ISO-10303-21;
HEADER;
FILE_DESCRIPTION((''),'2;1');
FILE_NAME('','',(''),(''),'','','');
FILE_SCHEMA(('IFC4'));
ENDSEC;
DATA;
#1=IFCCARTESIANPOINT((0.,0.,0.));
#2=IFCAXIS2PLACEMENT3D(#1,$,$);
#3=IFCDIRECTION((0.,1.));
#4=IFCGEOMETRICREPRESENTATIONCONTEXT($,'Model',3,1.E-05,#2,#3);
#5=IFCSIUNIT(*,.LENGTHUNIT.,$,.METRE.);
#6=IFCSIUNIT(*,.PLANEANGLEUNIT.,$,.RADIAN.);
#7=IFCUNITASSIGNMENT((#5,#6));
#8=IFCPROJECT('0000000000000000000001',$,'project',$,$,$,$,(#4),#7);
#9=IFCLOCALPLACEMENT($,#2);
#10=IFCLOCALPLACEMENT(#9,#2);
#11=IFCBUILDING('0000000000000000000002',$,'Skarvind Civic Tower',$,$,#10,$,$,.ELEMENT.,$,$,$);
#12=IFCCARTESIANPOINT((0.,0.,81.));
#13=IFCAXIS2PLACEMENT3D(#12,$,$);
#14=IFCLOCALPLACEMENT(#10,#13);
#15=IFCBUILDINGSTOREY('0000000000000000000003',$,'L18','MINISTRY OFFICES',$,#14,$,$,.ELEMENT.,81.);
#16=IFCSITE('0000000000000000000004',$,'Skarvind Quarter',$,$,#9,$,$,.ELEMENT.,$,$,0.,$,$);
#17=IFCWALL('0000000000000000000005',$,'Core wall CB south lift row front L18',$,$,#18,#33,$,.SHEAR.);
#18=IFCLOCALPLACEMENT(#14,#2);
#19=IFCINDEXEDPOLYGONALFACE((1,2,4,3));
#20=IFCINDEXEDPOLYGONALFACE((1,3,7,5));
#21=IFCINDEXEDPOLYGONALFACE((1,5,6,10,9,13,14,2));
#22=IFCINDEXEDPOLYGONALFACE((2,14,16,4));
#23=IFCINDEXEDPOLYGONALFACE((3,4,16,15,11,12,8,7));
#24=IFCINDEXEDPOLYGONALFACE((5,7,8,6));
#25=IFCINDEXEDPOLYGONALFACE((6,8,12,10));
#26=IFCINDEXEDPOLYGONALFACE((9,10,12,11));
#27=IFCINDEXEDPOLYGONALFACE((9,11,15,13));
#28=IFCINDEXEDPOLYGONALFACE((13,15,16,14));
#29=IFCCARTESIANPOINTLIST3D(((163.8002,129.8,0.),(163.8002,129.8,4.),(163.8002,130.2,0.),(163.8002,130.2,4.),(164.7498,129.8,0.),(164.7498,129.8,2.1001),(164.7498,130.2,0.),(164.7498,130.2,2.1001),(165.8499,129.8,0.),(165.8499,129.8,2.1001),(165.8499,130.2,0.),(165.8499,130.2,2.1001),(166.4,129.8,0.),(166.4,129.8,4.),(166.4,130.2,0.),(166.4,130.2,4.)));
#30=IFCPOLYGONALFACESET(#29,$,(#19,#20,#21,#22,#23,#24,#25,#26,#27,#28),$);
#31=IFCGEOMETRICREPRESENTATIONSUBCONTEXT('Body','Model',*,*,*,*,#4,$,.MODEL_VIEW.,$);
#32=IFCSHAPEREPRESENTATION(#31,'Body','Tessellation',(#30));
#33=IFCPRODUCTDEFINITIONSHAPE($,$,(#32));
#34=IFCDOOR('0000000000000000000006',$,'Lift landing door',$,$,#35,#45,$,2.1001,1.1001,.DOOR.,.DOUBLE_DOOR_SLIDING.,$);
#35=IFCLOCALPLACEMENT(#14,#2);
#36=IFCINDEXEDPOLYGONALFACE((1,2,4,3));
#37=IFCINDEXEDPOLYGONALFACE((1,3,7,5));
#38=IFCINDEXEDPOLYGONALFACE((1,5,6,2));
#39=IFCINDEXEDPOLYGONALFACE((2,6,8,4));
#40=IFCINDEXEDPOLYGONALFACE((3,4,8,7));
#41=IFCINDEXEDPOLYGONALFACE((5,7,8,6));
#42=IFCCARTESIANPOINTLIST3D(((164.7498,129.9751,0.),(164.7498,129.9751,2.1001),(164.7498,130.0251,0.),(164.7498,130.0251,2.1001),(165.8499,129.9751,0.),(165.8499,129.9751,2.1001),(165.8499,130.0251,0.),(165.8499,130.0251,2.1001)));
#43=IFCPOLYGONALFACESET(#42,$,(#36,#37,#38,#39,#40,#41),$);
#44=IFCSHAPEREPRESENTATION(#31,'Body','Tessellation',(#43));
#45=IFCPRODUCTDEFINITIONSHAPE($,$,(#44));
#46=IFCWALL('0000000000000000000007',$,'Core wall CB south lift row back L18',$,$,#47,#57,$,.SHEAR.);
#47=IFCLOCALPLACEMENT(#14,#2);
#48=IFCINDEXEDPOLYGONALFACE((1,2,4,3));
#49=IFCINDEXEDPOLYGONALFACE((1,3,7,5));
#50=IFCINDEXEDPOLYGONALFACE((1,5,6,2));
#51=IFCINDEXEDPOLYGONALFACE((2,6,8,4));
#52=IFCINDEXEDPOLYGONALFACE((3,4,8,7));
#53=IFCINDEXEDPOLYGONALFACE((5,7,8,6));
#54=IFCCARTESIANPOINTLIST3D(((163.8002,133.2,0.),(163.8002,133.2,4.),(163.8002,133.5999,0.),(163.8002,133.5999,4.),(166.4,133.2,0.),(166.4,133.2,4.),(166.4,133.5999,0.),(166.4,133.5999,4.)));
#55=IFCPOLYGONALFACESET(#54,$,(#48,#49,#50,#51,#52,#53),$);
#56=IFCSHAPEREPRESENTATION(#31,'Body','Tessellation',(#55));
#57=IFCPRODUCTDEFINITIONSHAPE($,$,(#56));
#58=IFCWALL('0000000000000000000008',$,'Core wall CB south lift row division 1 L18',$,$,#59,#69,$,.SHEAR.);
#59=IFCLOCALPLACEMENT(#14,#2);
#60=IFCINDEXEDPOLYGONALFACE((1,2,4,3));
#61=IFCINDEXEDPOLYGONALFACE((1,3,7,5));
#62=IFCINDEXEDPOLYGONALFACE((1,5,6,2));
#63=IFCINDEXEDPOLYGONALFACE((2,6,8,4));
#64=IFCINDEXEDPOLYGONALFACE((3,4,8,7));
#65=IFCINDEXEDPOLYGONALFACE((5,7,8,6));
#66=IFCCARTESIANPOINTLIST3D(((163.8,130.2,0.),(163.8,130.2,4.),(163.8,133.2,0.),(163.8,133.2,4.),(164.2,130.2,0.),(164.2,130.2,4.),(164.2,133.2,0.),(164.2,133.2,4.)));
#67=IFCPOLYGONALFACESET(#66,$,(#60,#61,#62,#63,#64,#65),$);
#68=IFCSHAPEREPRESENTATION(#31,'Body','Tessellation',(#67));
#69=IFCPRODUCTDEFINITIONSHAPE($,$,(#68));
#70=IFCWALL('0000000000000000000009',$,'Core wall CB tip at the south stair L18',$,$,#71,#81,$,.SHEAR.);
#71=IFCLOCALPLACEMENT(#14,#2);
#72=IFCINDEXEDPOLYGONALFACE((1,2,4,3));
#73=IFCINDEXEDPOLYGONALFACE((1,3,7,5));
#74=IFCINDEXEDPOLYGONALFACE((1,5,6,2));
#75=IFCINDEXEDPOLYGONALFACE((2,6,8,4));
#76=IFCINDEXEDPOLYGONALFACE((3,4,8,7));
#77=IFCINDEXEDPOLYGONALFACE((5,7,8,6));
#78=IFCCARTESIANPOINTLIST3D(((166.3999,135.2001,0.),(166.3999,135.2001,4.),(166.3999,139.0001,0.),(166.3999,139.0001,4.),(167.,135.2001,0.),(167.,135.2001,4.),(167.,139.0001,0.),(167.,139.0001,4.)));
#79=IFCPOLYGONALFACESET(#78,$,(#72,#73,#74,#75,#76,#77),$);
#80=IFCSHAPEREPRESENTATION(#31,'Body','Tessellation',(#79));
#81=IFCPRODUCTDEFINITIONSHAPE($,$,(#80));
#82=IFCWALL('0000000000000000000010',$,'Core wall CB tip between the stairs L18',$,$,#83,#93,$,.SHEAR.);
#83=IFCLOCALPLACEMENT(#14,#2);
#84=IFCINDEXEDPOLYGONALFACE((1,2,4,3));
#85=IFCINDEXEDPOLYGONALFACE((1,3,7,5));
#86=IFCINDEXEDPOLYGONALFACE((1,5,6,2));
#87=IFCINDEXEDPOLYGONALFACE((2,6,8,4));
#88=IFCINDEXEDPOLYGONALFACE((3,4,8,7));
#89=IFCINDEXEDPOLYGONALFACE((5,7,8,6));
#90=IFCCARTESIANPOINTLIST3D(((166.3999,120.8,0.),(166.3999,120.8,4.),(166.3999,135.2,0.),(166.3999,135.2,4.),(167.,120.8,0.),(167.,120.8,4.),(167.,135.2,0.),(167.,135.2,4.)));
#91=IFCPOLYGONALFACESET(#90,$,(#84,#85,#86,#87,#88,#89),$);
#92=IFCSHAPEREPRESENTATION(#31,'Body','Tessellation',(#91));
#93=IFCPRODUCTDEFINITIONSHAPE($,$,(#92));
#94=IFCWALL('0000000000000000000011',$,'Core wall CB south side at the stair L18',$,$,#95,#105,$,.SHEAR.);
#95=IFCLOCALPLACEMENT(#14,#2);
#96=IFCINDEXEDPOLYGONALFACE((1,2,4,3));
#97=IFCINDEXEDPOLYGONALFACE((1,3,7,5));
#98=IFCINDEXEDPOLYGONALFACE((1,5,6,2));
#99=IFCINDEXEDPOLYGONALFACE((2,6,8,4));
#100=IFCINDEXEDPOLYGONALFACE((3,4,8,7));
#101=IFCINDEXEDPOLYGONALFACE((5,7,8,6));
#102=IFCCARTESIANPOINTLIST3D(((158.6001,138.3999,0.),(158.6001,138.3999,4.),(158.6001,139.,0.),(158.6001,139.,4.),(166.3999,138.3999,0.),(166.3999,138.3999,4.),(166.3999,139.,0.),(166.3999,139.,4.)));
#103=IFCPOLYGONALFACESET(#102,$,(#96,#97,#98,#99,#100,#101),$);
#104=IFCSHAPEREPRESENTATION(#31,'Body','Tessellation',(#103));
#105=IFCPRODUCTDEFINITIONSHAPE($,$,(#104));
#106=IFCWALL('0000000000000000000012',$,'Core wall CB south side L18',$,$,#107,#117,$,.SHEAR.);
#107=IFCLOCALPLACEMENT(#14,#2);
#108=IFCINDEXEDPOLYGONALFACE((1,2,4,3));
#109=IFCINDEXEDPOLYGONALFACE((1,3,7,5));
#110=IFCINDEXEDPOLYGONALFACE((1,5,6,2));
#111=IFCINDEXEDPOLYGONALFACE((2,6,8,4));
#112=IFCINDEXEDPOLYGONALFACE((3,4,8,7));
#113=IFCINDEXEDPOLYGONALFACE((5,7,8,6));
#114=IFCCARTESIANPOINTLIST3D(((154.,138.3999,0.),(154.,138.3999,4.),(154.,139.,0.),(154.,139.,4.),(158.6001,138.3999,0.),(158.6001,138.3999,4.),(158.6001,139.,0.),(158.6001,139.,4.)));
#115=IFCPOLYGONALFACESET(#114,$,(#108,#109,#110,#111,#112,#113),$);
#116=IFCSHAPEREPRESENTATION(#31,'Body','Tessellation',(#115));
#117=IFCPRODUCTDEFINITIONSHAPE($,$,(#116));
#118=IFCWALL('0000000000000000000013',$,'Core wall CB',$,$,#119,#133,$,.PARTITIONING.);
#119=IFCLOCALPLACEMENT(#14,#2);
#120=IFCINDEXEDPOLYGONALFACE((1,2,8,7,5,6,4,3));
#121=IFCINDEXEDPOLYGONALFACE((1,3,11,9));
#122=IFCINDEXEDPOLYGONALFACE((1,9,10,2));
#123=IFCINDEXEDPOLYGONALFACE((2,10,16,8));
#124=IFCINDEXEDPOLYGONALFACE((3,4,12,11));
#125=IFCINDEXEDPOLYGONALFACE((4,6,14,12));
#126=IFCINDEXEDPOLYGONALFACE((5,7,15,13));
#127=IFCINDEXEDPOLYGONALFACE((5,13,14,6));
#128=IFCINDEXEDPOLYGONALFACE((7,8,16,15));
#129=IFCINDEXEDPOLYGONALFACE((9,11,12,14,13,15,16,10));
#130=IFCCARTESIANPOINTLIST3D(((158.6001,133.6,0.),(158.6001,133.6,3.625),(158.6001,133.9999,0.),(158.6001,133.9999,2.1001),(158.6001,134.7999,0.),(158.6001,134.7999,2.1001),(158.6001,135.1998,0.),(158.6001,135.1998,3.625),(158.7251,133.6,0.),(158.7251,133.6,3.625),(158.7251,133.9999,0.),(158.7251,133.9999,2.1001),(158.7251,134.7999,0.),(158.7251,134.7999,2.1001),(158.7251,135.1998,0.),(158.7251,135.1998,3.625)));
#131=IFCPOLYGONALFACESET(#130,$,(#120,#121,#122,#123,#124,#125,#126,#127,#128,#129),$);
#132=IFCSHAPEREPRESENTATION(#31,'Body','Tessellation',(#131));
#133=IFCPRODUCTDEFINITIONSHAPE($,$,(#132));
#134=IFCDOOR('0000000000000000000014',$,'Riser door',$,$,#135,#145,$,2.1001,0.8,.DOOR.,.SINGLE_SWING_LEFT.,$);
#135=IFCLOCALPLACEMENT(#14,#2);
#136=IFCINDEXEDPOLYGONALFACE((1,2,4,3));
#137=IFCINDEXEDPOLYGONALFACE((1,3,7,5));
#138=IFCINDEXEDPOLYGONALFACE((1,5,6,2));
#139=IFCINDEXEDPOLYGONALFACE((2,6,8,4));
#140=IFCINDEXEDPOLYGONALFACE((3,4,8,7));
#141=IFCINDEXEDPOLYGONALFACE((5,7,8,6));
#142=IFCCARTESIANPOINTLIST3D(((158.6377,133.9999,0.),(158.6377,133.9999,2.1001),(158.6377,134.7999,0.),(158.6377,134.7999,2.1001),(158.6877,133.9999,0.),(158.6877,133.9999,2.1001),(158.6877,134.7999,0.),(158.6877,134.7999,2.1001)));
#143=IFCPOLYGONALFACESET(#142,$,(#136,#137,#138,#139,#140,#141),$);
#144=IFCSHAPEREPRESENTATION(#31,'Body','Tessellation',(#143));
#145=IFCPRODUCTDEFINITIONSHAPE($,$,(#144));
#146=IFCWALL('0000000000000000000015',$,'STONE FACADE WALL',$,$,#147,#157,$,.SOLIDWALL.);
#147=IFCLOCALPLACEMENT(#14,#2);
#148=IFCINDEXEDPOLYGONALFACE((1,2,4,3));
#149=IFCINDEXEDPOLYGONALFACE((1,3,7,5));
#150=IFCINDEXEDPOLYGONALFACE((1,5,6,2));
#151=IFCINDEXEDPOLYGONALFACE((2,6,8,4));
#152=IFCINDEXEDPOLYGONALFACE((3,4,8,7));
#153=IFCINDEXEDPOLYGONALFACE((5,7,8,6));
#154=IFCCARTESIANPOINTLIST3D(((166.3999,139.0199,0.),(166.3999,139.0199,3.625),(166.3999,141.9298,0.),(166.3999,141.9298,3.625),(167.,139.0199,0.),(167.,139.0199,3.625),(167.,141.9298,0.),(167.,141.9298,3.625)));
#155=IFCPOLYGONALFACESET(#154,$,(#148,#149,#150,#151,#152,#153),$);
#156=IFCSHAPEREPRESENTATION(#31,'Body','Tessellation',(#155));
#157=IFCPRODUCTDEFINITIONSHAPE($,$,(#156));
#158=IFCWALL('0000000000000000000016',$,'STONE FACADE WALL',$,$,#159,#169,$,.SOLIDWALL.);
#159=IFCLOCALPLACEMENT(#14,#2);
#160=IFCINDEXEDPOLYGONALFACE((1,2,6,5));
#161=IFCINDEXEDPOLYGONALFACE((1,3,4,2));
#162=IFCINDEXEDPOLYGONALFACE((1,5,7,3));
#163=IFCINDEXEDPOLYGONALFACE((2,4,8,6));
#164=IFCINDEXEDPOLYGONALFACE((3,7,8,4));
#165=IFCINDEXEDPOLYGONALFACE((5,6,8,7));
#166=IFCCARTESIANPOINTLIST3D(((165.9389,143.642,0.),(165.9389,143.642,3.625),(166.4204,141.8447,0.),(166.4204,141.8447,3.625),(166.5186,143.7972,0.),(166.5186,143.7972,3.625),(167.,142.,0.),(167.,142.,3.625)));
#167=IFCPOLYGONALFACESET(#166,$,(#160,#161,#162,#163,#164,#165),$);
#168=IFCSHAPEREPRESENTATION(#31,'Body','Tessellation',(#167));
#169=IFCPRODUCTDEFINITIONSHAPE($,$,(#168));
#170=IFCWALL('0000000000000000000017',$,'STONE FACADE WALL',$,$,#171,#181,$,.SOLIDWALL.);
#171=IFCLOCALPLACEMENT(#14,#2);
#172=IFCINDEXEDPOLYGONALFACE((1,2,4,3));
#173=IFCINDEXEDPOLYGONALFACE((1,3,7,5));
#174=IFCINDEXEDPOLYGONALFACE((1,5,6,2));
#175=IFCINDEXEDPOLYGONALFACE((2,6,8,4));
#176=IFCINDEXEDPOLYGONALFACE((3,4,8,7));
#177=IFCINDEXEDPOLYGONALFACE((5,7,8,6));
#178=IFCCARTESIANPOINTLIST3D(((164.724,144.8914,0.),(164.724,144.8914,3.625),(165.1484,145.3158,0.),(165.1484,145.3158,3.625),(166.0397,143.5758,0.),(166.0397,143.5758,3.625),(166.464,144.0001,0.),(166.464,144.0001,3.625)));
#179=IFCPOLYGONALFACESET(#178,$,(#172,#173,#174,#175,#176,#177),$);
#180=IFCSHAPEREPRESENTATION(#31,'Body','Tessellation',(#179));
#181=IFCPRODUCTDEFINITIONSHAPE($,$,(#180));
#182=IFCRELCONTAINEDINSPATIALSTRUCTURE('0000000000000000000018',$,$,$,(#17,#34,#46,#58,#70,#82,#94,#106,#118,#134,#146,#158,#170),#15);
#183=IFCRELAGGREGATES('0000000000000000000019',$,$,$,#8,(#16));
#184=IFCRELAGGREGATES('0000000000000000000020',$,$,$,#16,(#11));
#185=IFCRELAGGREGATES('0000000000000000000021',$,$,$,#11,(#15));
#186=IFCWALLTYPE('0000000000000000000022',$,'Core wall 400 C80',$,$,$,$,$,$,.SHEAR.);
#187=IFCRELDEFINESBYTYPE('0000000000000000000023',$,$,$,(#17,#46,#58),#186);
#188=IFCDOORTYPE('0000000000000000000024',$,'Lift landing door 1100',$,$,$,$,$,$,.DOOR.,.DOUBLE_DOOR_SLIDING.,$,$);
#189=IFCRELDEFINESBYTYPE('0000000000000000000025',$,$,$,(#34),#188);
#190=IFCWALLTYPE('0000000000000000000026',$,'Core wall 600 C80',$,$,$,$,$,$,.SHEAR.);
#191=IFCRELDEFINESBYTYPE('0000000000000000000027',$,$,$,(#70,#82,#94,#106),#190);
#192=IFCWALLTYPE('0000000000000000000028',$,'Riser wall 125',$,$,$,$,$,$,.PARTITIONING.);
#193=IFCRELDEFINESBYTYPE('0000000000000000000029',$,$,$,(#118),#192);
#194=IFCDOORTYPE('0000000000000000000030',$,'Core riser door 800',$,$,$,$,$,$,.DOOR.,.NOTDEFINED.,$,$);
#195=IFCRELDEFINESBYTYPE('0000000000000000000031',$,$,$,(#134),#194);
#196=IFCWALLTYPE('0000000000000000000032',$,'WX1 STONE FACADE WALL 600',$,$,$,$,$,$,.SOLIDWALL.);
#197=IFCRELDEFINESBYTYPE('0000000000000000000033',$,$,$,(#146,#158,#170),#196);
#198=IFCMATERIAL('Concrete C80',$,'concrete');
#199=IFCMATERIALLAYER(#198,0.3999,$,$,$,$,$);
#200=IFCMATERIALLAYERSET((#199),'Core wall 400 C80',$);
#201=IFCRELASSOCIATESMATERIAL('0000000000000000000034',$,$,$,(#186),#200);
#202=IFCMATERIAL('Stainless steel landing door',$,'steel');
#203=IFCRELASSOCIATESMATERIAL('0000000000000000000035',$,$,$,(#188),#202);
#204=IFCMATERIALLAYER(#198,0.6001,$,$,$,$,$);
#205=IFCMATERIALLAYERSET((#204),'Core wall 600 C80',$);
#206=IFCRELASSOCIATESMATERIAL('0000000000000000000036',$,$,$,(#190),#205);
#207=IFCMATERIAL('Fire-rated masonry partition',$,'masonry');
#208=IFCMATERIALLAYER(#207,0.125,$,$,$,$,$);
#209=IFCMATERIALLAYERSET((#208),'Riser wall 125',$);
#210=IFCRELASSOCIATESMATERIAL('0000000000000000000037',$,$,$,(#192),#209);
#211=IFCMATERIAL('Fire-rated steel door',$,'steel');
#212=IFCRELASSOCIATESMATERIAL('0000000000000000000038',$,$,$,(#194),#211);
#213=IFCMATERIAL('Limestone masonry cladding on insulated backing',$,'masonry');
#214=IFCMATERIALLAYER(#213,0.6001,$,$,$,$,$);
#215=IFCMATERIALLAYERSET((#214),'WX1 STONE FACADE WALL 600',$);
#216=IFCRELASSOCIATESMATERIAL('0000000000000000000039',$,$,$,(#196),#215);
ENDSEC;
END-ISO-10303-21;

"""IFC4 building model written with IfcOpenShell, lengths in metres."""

from ifc_helpers import new_model, si_unit, direction, frame, frame_2d, origin, place, context, subcontext, project, spatial, rectangle, extrude, material, layer, layer_set, type_object, element, fill, save


model = new_model("IFC4")

# Units and contexts
model_context = context("Model", 3, precision=1e-05, world=origin(), true_north=direction((0.0, 1.0)))
body_context = subcontext(model_context, "Body", "Model", "MODEL_VIEW")
ifc_project = project(units=[si_unit("LENGTHUNIT", "METRE"), si_unit("PLANEANGLEUNIT", "RADIAN")], contexts=[model_context])

# Site, building, storey
site_placement = place(None, origin())
site = spatial("IfcSite", under=ifc_project, at=site_placement, Name="Skarvind Quarter", CompositionType="ELEMENT", RefElevation=0.0)
building_placement = place(site_placement, origin())
building = spatial("IfcBuilding", under=site, at=building_placement, Name="Skarvind Civic Tower", CompositionType="ELEMENT")
storey_placement = place(building_placement, frame((0.0, 0.0, 81.0)))
storey = spatial("IfcBuildingStorey", under=building, at=storey_placement, Name="L18", Description="MINISTRY OFFICES", CompositionType="ELEMENT", Elevation=81.0)

# Shared definitions
ifc_material_1 = material(Name="Fire-rated masonry partition", Category="masonry")
ifc_material_2 = material(Name="Fire-rated steel door", Category="steel")

# Shared definitions
ifc_material_3 = material(Name="Concrete C80", Category="concrete")
ifc_layer_1 = layer(ifc_material_3, 0.3999)
ifc_layer_set_1 = layer_set([ifc_layer_1], Name="Core wall 400 C80")
wall_type_1 = type_object("IfcWallType", Name="Core wall 400 C80", PredefinedType="SHEAR", material=ifc_layer_set_1)

# Wall, opening, door
wall_1_placement = place(storey_placement, frame((166.3999, 130.0, 0.0), z_axis=(0.0, 0.0, 1.0), x_axis=(-1.0, 0.0, 0.0)))
wall_1 = element("IfcWall", 1, at=wall_1_placement, inside=storey, type_object=wall_type_1, Name="Core wall CB south lift row front L18", PredefinedType="SHEAR", context=body_context, shape_type="SweptSolid", body=[
    extrude(rectangle(XDim=2.5999, YDim=0.3999, at=frame_2d((1.2998, 0.0))), origin(), (0.0, 0.0, 1.0), 4.0),
])
opening_1_placement = place(wall_1_placement, frame((0.55, 0.0, 0.0)))
opening_1 = element("IfcOpeningElement", 2, at=opening_1_placement, cuts=wall_1, PredefinedType="OPENING", context=body_context, shape_type="SweptSolid", body=[
    extrude(rectangle(XDim=1.1001, YDim=2.1001, at=frame_2d((0.55, 1.05))), frame((0.0, 0.21, 0.0), z_axis=(0.0, -1.0, 0.0), x_axis=(1.0, 0.0, 0.0)), (0.0, 0.0, 1.0), 0.4199),
])
ifc_material_4 = material(Name="Stainless steel landing door", Category="steel")
door_type_1 = type_object("IfcDoorType", Name="Lift landing door 1100", OperationType="DOUBLE_DOOR_SLIDING", PredefinedType="DOOR", material=ifc_material_4)
door_1_placement = place(opening_1_placement, origin())
door_1 = element("IfcDoor", 3, at=door_1_placement, inside=storey, type_object=door_type_1, Name="Lift landing door", OperationType="DOUBLE_DOOR_SLIDING", OverallHeight=2.1001, OverallWidth=1.1001, PredefinedType="DOOR", context=body_context, shape_type="SweptSolid", body=[
    extrude(rectangle(XDim=1.1001, YDim=2.1001, at=frame_2d((0.55, 1.05))), frame((0.0, 0.0249, 0.0), z_axis=(0.0, -1.0, 0.0), x_axis=(1.0, 0.0, 0.0)), (0.0, 0.0, 1.0), 0.05),
])
fill(opening_1, door_1)

# Walls
wall_2_placement = place(storey_placement, frame((166.3999, 133.3999, 0.0), z_axis=(0.0, 0.0, 1.0), x_axis=(-1.0, 0.0, 0.0)))
element("IfcWall", 4, at=wall_2_placement, inside=storey, type_object=wall_type_1, Name="Core wall CB south lift row back L18", PredefinedType="SHEAR", context=body_context, shape_type="SweptSolid", body=[
    extrude(rectangle(XDim=2.5999, YDim=0.3999, at=frame_2d((1.2998, 0.0))), origin(), (0.0, 0.0, 1.0), 4.0),
])
wall_3_placement = place(storey_placement, frame((164.0, 133.2, 0.0), z_axis=(0.0, 0.0, 1.0), x_axis=(0.0, -1.0, 0.0)))
element("IfcWall", 5, at=wall_3_placement, inside=storey, type_object=wall_type_1, Name="Core wall CB south lift row division 1 L18", PredefinedType="SHEAR", context=body_context, shape_type="SweptSolid", body=[
    extrude(rectangle(XDim=3.0, YDim=0.3999, at=frame_2d((1.5, 0.0))), origin(), (0.0, 0.0, 1.0), 4.0),
])
ifc_layer_2 = layer(ifc_material_3, 0.6001)
ifc_layer_set_2 = layer_set([ifc_layer_2], Name="Core wall 600 C80")
wall_type_2 = type_object("IfcWallType", Name="Core wall 600 C80", PredefinedType="SHEAR", material=ifc_layer_set_2)
wall_4_placement = place(storey_placement, frame((166.7, 139.0, 0.0), z_axis=(0.0, 0.0, 1.0), x_axis=(0.0, -1.0, 0.0)))
element("IfcWall", 6, at=wall_4_placement, inside=storey, type_object=wall_type_2, Name="Core wall CB tip at the south stair L18", PredefinedType="SHEAR", context=body_context, shape_type="SweptSolid", body=[
    extrude(rectangle(XDim=3.8, YDim=0.6001, at=frame_2d((1.8999, 0.0))), origin(), (0.0, 0.0, 1.0), 4.0),
])
wall_5_placement = place(storey_placement, frame((166.7, 135.2, 0.0), z_axis=(0.0, 0.0, 1.0), x_axis=(0.0, -1.0, 0.0)))
element("IfcWall", 7, at=wall_5_placement, inside=storey, type_object=wall_type_2, Name="Core wall CB tip between the stairs L18", PredefinedType="SHEAR", context=body_context, shape_type="SweptSolid", body=[
    extrude(rectangle(XDim=14.3999, YDim=0.6001, at=frame_2d((7.2, 0.0))), origin(), (0.0, 0.0, 1.0), 4.0),
])
wall_6_placement = place(storey_placement, frame((166.3999, 138.7, 0.0), z_axis=(0.0, 0.0, 1.0), x_axis=(-1.0, 0.0, 0.0)))
element("IfcWall", 8, at=wall_6_placement, inside=storey, type_object=wall_type_2, Name="Core wall CB south side at the stair L18", PredefinedType="SHEAR", context=body_context, shape_type="SweptSolid", body=[
    extrude(rectangle(XDim=7.7998, YDim=0.6001, at=frame_2d((3.8999, 0.0))), origin(), (0.0, 0.0, 1.0), 4.0),
])
wall_7_placement = place(storey_placement, frame((158.6001, 138.7, 0.0), z_axis=(0.0, 0.0, 1.0), x_axis=(-1.0, 0.0, 0.0)))
element("IfcWall", 9, at=wall_7_placement, inside=storey, type_object=wall_type_2, Name="Core wall CB south side L18", PredefinedType="SHEAR", context=body_context, shape_type="SweptSolid", body=[
    extrude(rectangle(XDim=4.6001, YDim=0.6001, at=frame_2d((2.3, 0.0))), origin(), (0.0, 0.0, 1.0), 4.0),
])

# Wall, opening, door
ifc_layer_3 = layer(ifc_material_1, 0.125)
ifc_layer_set_3 = layer_set([ifc_layer_3], Name="Riser wall 125")
wall_type_3 = type_object("IfcWallType", Name="Riser wall 125", PredefinedType="PARTITIONING", material=ifc_layer_set_3)
wall_8_placement = place(storey_placement, frame((158.6626, 133.6001, 0.0), z_axis=(0.0, 0.0, 1.0), x_axis=(0.0, 1.0, 0.0)))
wall_8 = element("IfcWall", 10, at=wall_8_placement, inside=storey, type_object=wall_type_3, Name="Core wall CB", PredefinedType="PARTITIONING", context=body_context, shape_type="SweptSolid", body=[
    extrude(rectangle(XDim=1.5999, YDim=0.125, at=frame_2d((0.7998, 0.0))), origin(), (0.0, 0.0, 1.0), 3.625),
])
opening_2_placement = place(wall_8_placement, frame((0.3999, 0.0, 0.0)))
opening_2 = element("IfcOpeningElement", 11, at=opening_2_placement, cuts=wall_8, PredefinedType="OPENING", context=body_context, shape_type="SweptSolid", body=[
    extrude(rectangle(XDim=0.8, YDim=2.1001, at=frame_2d((0.3999, 1.05))), frame((0.0, 0.0725, 0.0), z_axis=(0.0, -1.0, 0.0), x_axis=(1.0, 0.0, 0.0)), (0.0, 0.0, 1.0), 0.145),
])
door_type_2 = type_object("IfcDoorType", Name="Core riser door 800", OperationType="NOTDEFINED", PredefinedType="DOOR", material=ifc_material_2)
door_2_placement = place(opening_2_placement, origin())
door_2 = element("IfcDoor", 12, at=door_2_placement, inside=storey, type_object=door_type_2, Name="Riser door", OperationType="SINGLE_SWING_LEFT", OverallHeight=2.1001, OverallWidth=0.8, PredefinedType="DOOR", context=body_context, shape_type="SweptSolid", body=[
    extrude(rectangle(XDim=0.8, YDim=2.1001, at=frame_2d((0.3999, 1.05))), frame((0.0, 0.0249, 0.0), z_axis=(0.0, -1.0, 0.0), x_axis=(1.0, 0.0, 0.0)), (0.0, 0.0, 1.0), 0.05),
])
fill(opening_2, door_2)

# Walls
ifc_material_5 = material(Name="Limestone masonry cladding on insulated backing", Category="masonry")
ifc_layer_4 = layer(ifc_material_5, 0.6001)
ifc_layer_set_4 = layer_set([ifc_layer_4], Name="WX1 STONE FACADE WALL 600")
wall_type_4 = type_object("IfcWallType", Name="WX1 STONE FACADE WALL 600", PredefinedType="SOLIDWALL", material=ifc_layer_set_4)
wall_9_placement = place(storey_placement, frame((166.7, 141.9299, 0.0), z_axis=(0.0, 0.0, 1.0), x_axis=(0.0, -1.0, 0.0)))
element("IfcWall", 13, at=wall_9_placement, inside=storey, type_object=wall_type_4, Name="STONE FACADE WALL", PredefinedType="SOLIDWALL", context=body_context, shape_type="SweptSolid", body=[
    extrude(rectangle(XDim=2.9099, YDim=0.6001, at=frame_2d((1.4551, 0.0))), origin(), (0.0, 0.0, 1.0), 3.625),
])
for number, where, z_axis, x_axis, name in (
    (14, (166.2288, 143.7195, 0.0), (0.0, 0.0, 1.0), (0.258773, -0.965938, 0.0), "STONE FACADE WALL"),
    (15, (164.9363, 145.1035, 0.0), (0.0, 0.0, 1.0), (0.707107, -0.707107, 0.0), "STONE FACADE WALL"),
):
    element("IfcWall", number, at=place(storey_placement, frame(where, z_axis=z_axis, x_axis=x_axis)), inside=storey, type_object=wall_type_4, Name=name, PredefinedType="SOLIDWALL", context=body_context, shape_type="SweptSolid", body=[
        extrude(rectangle(XDim=1.8606, YDim=0.6001, at=frame_2d((0.9302, 0.0))), origin(), (0.0, 0.0, 1.0), 3.625),
    ])

save(model, "model.ifc")
